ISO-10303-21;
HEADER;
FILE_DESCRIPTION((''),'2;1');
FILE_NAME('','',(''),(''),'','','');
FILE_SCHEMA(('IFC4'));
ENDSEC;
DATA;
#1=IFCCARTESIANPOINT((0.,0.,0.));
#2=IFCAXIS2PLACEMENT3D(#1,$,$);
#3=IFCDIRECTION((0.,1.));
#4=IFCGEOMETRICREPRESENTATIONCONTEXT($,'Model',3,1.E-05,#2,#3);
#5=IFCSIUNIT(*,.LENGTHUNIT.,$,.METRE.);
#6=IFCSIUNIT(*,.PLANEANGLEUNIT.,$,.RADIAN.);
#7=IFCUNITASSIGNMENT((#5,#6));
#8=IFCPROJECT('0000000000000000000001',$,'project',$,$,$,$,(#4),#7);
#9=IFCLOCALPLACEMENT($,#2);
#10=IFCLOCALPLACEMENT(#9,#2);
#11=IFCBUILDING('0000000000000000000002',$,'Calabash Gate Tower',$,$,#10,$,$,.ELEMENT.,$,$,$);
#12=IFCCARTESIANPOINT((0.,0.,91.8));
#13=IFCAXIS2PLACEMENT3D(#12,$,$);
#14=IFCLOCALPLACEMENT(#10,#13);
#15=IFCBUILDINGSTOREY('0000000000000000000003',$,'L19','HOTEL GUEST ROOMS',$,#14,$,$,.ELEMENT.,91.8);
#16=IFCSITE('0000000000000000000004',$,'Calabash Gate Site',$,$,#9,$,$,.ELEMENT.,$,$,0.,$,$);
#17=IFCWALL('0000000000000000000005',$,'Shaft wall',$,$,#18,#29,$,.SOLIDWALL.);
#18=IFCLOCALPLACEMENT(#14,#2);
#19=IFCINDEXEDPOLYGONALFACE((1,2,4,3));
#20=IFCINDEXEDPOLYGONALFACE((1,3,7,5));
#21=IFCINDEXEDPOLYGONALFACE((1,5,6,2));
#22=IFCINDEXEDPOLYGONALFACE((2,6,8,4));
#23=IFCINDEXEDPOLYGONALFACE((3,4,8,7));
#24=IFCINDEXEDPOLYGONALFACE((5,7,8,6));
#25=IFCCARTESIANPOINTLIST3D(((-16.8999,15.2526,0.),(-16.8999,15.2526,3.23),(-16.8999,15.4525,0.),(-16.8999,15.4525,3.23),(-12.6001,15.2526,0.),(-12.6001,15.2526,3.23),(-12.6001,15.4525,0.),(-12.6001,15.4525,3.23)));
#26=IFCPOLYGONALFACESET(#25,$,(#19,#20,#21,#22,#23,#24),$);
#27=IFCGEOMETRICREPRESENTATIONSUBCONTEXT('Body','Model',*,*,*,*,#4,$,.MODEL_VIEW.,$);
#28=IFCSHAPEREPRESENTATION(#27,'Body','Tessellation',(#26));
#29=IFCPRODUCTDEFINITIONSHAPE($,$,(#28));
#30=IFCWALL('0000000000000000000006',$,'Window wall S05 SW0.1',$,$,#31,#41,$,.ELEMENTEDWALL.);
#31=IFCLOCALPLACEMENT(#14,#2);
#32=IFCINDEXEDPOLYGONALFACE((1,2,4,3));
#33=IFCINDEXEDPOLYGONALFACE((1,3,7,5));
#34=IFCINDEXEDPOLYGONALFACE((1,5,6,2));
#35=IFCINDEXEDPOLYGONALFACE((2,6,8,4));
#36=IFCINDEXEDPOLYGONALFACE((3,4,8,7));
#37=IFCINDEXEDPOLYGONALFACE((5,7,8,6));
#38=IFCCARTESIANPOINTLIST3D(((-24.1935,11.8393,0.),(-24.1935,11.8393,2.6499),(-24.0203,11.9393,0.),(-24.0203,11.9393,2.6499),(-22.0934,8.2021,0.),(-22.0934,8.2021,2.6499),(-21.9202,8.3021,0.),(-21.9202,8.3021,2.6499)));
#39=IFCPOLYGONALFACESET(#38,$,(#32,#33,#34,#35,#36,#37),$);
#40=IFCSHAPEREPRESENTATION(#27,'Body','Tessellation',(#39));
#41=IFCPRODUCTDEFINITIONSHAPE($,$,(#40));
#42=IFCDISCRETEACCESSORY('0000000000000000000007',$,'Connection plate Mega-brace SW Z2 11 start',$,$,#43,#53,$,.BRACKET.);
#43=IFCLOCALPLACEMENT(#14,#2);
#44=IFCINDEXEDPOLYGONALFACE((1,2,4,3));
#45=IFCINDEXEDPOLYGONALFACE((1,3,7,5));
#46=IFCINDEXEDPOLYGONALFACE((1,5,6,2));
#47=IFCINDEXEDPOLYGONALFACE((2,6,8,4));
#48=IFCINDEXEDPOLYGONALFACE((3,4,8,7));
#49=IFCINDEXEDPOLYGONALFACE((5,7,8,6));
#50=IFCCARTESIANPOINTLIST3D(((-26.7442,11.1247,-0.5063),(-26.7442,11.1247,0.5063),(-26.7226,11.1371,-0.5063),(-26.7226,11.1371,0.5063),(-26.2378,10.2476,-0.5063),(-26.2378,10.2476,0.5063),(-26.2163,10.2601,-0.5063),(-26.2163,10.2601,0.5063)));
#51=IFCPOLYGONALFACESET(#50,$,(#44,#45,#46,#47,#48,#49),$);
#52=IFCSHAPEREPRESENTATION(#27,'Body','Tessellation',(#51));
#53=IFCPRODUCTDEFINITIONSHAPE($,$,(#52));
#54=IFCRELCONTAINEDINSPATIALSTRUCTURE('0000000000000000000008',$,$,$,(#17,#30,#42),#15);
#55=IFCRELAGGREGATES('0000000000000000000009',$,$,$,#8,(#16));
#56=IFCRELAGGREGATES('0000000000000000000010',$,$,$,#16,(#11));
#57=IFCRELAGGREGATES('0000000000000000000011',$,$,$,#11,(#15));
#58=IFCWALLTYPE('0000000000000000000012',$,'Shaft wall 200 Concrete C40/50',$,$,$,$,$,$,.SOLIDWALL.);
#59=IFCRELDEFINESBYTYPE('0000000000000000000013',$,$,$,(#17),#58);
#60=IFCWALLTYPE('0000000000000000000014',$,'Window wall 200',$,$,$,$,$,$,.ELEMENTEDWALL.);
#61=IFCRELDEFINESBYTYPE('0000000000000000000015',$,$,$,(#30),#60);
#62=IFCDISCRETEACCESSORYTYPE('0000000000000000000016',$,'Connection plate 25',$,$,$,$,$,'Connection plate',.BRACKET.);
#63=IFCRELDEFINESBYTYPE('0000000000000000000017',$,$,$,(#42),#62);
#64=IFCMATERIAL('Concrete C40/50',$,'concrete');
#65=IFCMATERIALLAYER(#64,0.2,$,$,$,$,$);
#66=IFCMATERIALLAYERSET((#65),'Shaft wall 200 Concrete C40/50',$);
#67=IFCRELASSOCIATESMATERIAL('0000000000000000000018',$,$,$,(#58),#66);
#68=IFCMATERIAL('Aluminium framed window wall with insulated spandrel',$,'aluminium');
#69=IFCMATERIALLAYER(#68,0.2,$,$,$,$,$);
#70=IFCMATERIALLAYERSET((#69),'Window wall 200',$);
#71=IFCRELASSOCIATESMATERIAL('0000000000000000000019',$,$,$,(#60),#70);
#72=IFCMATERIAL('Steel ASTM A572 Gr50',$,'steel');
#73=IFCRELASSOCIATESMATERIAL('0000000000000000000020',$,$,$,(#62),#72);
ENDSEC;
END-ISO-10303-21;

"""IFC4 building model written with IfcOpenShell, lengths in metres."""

from ifc_helpers import new_model, si_unit, direction, frame, frame_2d, origin, origin_2d, place, context, subcontext, project, spatial, rectangle, extrude, material, layer, layer_set, type_object, element, save


model = new_model("IFC4")

# Units and contexts
model_context = context("Model", 3, precision=1e-05, world=origin(), true_north=direction((0.0, 1.0)))
body_context = subcontext(model_context, "Body", "Model", "MODEL_VIEW")
ifc_project = project(units=[si_unit("LENGTHUNIT", "METRE"), si_unit("PLANEANGLEUNIT", "RADIAN")], contexts=[model_context])

# Site, building, storey
site_placement = place(None, origin())
site = spatial("IfcSite", under=ifc_project, at=site_placement, Name="Calabash Gate Site", CompositionType="ELEMENT", RefElevation=0.0)
building_placement = place(site_placement, origin())
building = spatial("IfcBuilding", under=site, at=building_placement, Name="Calabash Gate Tower", CompositionType="ELEMENT")
storey_placement = place(building_placement, frame((0.0, 0.0, 91.8)))
storey = spatial("IfcBuildingStorey", under=building, at=storey_placement, Name="L19", Description="HOTEL GUEST ROOMS", CompositionType="ELEMENT", Elevation=91.8)

# Shared definitions
ifc_material_1 = material(Name="Concrete C40/50", Category="concrete")
ifc_layer_1 = layer(ifc_material_1, 0.2)
ifc_layer_set_1 = layer_set([ifc_layer_1], Name="Shaft wall 200 Concrete C40/50")
wall_type_1 = type_object("IfcWallType", Name="Shaft wall 200 Concrete C40/50", PredefinedType="SOLIDWALL", material=ifc_layer_set_1)

# Walls
wall_1_placement = place(storey_placement, frame((-16.8999, 15.3525, 0.0), z_axis=(0.0, 0.0, 1.0), x_axis=(1.0, 0.0, 0.0)))
element("IfcWall", 1, at=wall_1_placement, inside=storey, type_object=wall_type_1, Name="Shaft wall", PredefinedType="SOLIDWALL", context=body_context, shape_type="SweptSolid", body=[
    extrude(rectangle(XDim=4.2998, YDim=0.2, at=frame_2d((2.1499, 0.0))), origin(), (0.0, 0.0, 1.0), 3.23),
])
ifc_material_2 = material(Name="Aluminium framed window wall with insulated spandrel", Category="aluminium")
ifc_layer_2 = layer(ifc_material_2, 0.2)
ifc_layer_set_2 = layer_set([ifc_layer_2], Name="Window wall 200")
wall_type_2 = type_object("IfcWallType", Name="Window wall 200", PredefinedType="ELEMENTEDWALL", material=ifc_layer_set_2)
wall_2_placement = place(storey_placement, frame((-24.1069, 11.8894, 0.0), z_axis=(0.0, 0.0, 1.0), x_axis=(0.500028, -0.866009, 0.0)))
element("IfcWall", 2, at=wall_2_placement, inside=storey, type_object=wall_type_2, Name="Window wall S05 SW0.1", PredefinedType="ELEMENTEDWALL", context=body_context, shape_type="SweptSolid", body=[
    extrude(rectangle(XDim=4.2, YDim=0.2, at=frame_2d((2.1001, 0.0))), origin(), (0.0, 0.0, 1.0), 2.6499),
])

# Discrete accessory
ifc_material_3 = material(Name="Steel ASTM A572 Gr50", Category="steel")
discrete_accessory_type = type_object("IfcDiscreteAccessoryType", Name="Connection plate 25", ElementType="Connection plate", PredefinedType="BRACKET", material=ifc_material_3)
discrete_accessory_placement = place(storey_placement, frame((-26.4802, 10.6924, -0.5063), z_axis=(0.0, 0.0, 1.0), x_axis=(0.5, -0.866025, 0.0)))
element("IfcDiscreteAccessory", 3, at=discrete_accessory_placement, inside=storey, type_object=discrete_accessory_type, Name="Connection plate Mega-brace SW Z2 11 start", PredefinedType="BRACKET", context=body_context, shape_type="SweptSolid", body=[
    extrude(rectangle(XDim=1.0127, YDim=0.0249, at=origin_2d()), origin(), (0.0, 0.0, 1.0), 1.0127),
])

save(model, "model.ifc")
